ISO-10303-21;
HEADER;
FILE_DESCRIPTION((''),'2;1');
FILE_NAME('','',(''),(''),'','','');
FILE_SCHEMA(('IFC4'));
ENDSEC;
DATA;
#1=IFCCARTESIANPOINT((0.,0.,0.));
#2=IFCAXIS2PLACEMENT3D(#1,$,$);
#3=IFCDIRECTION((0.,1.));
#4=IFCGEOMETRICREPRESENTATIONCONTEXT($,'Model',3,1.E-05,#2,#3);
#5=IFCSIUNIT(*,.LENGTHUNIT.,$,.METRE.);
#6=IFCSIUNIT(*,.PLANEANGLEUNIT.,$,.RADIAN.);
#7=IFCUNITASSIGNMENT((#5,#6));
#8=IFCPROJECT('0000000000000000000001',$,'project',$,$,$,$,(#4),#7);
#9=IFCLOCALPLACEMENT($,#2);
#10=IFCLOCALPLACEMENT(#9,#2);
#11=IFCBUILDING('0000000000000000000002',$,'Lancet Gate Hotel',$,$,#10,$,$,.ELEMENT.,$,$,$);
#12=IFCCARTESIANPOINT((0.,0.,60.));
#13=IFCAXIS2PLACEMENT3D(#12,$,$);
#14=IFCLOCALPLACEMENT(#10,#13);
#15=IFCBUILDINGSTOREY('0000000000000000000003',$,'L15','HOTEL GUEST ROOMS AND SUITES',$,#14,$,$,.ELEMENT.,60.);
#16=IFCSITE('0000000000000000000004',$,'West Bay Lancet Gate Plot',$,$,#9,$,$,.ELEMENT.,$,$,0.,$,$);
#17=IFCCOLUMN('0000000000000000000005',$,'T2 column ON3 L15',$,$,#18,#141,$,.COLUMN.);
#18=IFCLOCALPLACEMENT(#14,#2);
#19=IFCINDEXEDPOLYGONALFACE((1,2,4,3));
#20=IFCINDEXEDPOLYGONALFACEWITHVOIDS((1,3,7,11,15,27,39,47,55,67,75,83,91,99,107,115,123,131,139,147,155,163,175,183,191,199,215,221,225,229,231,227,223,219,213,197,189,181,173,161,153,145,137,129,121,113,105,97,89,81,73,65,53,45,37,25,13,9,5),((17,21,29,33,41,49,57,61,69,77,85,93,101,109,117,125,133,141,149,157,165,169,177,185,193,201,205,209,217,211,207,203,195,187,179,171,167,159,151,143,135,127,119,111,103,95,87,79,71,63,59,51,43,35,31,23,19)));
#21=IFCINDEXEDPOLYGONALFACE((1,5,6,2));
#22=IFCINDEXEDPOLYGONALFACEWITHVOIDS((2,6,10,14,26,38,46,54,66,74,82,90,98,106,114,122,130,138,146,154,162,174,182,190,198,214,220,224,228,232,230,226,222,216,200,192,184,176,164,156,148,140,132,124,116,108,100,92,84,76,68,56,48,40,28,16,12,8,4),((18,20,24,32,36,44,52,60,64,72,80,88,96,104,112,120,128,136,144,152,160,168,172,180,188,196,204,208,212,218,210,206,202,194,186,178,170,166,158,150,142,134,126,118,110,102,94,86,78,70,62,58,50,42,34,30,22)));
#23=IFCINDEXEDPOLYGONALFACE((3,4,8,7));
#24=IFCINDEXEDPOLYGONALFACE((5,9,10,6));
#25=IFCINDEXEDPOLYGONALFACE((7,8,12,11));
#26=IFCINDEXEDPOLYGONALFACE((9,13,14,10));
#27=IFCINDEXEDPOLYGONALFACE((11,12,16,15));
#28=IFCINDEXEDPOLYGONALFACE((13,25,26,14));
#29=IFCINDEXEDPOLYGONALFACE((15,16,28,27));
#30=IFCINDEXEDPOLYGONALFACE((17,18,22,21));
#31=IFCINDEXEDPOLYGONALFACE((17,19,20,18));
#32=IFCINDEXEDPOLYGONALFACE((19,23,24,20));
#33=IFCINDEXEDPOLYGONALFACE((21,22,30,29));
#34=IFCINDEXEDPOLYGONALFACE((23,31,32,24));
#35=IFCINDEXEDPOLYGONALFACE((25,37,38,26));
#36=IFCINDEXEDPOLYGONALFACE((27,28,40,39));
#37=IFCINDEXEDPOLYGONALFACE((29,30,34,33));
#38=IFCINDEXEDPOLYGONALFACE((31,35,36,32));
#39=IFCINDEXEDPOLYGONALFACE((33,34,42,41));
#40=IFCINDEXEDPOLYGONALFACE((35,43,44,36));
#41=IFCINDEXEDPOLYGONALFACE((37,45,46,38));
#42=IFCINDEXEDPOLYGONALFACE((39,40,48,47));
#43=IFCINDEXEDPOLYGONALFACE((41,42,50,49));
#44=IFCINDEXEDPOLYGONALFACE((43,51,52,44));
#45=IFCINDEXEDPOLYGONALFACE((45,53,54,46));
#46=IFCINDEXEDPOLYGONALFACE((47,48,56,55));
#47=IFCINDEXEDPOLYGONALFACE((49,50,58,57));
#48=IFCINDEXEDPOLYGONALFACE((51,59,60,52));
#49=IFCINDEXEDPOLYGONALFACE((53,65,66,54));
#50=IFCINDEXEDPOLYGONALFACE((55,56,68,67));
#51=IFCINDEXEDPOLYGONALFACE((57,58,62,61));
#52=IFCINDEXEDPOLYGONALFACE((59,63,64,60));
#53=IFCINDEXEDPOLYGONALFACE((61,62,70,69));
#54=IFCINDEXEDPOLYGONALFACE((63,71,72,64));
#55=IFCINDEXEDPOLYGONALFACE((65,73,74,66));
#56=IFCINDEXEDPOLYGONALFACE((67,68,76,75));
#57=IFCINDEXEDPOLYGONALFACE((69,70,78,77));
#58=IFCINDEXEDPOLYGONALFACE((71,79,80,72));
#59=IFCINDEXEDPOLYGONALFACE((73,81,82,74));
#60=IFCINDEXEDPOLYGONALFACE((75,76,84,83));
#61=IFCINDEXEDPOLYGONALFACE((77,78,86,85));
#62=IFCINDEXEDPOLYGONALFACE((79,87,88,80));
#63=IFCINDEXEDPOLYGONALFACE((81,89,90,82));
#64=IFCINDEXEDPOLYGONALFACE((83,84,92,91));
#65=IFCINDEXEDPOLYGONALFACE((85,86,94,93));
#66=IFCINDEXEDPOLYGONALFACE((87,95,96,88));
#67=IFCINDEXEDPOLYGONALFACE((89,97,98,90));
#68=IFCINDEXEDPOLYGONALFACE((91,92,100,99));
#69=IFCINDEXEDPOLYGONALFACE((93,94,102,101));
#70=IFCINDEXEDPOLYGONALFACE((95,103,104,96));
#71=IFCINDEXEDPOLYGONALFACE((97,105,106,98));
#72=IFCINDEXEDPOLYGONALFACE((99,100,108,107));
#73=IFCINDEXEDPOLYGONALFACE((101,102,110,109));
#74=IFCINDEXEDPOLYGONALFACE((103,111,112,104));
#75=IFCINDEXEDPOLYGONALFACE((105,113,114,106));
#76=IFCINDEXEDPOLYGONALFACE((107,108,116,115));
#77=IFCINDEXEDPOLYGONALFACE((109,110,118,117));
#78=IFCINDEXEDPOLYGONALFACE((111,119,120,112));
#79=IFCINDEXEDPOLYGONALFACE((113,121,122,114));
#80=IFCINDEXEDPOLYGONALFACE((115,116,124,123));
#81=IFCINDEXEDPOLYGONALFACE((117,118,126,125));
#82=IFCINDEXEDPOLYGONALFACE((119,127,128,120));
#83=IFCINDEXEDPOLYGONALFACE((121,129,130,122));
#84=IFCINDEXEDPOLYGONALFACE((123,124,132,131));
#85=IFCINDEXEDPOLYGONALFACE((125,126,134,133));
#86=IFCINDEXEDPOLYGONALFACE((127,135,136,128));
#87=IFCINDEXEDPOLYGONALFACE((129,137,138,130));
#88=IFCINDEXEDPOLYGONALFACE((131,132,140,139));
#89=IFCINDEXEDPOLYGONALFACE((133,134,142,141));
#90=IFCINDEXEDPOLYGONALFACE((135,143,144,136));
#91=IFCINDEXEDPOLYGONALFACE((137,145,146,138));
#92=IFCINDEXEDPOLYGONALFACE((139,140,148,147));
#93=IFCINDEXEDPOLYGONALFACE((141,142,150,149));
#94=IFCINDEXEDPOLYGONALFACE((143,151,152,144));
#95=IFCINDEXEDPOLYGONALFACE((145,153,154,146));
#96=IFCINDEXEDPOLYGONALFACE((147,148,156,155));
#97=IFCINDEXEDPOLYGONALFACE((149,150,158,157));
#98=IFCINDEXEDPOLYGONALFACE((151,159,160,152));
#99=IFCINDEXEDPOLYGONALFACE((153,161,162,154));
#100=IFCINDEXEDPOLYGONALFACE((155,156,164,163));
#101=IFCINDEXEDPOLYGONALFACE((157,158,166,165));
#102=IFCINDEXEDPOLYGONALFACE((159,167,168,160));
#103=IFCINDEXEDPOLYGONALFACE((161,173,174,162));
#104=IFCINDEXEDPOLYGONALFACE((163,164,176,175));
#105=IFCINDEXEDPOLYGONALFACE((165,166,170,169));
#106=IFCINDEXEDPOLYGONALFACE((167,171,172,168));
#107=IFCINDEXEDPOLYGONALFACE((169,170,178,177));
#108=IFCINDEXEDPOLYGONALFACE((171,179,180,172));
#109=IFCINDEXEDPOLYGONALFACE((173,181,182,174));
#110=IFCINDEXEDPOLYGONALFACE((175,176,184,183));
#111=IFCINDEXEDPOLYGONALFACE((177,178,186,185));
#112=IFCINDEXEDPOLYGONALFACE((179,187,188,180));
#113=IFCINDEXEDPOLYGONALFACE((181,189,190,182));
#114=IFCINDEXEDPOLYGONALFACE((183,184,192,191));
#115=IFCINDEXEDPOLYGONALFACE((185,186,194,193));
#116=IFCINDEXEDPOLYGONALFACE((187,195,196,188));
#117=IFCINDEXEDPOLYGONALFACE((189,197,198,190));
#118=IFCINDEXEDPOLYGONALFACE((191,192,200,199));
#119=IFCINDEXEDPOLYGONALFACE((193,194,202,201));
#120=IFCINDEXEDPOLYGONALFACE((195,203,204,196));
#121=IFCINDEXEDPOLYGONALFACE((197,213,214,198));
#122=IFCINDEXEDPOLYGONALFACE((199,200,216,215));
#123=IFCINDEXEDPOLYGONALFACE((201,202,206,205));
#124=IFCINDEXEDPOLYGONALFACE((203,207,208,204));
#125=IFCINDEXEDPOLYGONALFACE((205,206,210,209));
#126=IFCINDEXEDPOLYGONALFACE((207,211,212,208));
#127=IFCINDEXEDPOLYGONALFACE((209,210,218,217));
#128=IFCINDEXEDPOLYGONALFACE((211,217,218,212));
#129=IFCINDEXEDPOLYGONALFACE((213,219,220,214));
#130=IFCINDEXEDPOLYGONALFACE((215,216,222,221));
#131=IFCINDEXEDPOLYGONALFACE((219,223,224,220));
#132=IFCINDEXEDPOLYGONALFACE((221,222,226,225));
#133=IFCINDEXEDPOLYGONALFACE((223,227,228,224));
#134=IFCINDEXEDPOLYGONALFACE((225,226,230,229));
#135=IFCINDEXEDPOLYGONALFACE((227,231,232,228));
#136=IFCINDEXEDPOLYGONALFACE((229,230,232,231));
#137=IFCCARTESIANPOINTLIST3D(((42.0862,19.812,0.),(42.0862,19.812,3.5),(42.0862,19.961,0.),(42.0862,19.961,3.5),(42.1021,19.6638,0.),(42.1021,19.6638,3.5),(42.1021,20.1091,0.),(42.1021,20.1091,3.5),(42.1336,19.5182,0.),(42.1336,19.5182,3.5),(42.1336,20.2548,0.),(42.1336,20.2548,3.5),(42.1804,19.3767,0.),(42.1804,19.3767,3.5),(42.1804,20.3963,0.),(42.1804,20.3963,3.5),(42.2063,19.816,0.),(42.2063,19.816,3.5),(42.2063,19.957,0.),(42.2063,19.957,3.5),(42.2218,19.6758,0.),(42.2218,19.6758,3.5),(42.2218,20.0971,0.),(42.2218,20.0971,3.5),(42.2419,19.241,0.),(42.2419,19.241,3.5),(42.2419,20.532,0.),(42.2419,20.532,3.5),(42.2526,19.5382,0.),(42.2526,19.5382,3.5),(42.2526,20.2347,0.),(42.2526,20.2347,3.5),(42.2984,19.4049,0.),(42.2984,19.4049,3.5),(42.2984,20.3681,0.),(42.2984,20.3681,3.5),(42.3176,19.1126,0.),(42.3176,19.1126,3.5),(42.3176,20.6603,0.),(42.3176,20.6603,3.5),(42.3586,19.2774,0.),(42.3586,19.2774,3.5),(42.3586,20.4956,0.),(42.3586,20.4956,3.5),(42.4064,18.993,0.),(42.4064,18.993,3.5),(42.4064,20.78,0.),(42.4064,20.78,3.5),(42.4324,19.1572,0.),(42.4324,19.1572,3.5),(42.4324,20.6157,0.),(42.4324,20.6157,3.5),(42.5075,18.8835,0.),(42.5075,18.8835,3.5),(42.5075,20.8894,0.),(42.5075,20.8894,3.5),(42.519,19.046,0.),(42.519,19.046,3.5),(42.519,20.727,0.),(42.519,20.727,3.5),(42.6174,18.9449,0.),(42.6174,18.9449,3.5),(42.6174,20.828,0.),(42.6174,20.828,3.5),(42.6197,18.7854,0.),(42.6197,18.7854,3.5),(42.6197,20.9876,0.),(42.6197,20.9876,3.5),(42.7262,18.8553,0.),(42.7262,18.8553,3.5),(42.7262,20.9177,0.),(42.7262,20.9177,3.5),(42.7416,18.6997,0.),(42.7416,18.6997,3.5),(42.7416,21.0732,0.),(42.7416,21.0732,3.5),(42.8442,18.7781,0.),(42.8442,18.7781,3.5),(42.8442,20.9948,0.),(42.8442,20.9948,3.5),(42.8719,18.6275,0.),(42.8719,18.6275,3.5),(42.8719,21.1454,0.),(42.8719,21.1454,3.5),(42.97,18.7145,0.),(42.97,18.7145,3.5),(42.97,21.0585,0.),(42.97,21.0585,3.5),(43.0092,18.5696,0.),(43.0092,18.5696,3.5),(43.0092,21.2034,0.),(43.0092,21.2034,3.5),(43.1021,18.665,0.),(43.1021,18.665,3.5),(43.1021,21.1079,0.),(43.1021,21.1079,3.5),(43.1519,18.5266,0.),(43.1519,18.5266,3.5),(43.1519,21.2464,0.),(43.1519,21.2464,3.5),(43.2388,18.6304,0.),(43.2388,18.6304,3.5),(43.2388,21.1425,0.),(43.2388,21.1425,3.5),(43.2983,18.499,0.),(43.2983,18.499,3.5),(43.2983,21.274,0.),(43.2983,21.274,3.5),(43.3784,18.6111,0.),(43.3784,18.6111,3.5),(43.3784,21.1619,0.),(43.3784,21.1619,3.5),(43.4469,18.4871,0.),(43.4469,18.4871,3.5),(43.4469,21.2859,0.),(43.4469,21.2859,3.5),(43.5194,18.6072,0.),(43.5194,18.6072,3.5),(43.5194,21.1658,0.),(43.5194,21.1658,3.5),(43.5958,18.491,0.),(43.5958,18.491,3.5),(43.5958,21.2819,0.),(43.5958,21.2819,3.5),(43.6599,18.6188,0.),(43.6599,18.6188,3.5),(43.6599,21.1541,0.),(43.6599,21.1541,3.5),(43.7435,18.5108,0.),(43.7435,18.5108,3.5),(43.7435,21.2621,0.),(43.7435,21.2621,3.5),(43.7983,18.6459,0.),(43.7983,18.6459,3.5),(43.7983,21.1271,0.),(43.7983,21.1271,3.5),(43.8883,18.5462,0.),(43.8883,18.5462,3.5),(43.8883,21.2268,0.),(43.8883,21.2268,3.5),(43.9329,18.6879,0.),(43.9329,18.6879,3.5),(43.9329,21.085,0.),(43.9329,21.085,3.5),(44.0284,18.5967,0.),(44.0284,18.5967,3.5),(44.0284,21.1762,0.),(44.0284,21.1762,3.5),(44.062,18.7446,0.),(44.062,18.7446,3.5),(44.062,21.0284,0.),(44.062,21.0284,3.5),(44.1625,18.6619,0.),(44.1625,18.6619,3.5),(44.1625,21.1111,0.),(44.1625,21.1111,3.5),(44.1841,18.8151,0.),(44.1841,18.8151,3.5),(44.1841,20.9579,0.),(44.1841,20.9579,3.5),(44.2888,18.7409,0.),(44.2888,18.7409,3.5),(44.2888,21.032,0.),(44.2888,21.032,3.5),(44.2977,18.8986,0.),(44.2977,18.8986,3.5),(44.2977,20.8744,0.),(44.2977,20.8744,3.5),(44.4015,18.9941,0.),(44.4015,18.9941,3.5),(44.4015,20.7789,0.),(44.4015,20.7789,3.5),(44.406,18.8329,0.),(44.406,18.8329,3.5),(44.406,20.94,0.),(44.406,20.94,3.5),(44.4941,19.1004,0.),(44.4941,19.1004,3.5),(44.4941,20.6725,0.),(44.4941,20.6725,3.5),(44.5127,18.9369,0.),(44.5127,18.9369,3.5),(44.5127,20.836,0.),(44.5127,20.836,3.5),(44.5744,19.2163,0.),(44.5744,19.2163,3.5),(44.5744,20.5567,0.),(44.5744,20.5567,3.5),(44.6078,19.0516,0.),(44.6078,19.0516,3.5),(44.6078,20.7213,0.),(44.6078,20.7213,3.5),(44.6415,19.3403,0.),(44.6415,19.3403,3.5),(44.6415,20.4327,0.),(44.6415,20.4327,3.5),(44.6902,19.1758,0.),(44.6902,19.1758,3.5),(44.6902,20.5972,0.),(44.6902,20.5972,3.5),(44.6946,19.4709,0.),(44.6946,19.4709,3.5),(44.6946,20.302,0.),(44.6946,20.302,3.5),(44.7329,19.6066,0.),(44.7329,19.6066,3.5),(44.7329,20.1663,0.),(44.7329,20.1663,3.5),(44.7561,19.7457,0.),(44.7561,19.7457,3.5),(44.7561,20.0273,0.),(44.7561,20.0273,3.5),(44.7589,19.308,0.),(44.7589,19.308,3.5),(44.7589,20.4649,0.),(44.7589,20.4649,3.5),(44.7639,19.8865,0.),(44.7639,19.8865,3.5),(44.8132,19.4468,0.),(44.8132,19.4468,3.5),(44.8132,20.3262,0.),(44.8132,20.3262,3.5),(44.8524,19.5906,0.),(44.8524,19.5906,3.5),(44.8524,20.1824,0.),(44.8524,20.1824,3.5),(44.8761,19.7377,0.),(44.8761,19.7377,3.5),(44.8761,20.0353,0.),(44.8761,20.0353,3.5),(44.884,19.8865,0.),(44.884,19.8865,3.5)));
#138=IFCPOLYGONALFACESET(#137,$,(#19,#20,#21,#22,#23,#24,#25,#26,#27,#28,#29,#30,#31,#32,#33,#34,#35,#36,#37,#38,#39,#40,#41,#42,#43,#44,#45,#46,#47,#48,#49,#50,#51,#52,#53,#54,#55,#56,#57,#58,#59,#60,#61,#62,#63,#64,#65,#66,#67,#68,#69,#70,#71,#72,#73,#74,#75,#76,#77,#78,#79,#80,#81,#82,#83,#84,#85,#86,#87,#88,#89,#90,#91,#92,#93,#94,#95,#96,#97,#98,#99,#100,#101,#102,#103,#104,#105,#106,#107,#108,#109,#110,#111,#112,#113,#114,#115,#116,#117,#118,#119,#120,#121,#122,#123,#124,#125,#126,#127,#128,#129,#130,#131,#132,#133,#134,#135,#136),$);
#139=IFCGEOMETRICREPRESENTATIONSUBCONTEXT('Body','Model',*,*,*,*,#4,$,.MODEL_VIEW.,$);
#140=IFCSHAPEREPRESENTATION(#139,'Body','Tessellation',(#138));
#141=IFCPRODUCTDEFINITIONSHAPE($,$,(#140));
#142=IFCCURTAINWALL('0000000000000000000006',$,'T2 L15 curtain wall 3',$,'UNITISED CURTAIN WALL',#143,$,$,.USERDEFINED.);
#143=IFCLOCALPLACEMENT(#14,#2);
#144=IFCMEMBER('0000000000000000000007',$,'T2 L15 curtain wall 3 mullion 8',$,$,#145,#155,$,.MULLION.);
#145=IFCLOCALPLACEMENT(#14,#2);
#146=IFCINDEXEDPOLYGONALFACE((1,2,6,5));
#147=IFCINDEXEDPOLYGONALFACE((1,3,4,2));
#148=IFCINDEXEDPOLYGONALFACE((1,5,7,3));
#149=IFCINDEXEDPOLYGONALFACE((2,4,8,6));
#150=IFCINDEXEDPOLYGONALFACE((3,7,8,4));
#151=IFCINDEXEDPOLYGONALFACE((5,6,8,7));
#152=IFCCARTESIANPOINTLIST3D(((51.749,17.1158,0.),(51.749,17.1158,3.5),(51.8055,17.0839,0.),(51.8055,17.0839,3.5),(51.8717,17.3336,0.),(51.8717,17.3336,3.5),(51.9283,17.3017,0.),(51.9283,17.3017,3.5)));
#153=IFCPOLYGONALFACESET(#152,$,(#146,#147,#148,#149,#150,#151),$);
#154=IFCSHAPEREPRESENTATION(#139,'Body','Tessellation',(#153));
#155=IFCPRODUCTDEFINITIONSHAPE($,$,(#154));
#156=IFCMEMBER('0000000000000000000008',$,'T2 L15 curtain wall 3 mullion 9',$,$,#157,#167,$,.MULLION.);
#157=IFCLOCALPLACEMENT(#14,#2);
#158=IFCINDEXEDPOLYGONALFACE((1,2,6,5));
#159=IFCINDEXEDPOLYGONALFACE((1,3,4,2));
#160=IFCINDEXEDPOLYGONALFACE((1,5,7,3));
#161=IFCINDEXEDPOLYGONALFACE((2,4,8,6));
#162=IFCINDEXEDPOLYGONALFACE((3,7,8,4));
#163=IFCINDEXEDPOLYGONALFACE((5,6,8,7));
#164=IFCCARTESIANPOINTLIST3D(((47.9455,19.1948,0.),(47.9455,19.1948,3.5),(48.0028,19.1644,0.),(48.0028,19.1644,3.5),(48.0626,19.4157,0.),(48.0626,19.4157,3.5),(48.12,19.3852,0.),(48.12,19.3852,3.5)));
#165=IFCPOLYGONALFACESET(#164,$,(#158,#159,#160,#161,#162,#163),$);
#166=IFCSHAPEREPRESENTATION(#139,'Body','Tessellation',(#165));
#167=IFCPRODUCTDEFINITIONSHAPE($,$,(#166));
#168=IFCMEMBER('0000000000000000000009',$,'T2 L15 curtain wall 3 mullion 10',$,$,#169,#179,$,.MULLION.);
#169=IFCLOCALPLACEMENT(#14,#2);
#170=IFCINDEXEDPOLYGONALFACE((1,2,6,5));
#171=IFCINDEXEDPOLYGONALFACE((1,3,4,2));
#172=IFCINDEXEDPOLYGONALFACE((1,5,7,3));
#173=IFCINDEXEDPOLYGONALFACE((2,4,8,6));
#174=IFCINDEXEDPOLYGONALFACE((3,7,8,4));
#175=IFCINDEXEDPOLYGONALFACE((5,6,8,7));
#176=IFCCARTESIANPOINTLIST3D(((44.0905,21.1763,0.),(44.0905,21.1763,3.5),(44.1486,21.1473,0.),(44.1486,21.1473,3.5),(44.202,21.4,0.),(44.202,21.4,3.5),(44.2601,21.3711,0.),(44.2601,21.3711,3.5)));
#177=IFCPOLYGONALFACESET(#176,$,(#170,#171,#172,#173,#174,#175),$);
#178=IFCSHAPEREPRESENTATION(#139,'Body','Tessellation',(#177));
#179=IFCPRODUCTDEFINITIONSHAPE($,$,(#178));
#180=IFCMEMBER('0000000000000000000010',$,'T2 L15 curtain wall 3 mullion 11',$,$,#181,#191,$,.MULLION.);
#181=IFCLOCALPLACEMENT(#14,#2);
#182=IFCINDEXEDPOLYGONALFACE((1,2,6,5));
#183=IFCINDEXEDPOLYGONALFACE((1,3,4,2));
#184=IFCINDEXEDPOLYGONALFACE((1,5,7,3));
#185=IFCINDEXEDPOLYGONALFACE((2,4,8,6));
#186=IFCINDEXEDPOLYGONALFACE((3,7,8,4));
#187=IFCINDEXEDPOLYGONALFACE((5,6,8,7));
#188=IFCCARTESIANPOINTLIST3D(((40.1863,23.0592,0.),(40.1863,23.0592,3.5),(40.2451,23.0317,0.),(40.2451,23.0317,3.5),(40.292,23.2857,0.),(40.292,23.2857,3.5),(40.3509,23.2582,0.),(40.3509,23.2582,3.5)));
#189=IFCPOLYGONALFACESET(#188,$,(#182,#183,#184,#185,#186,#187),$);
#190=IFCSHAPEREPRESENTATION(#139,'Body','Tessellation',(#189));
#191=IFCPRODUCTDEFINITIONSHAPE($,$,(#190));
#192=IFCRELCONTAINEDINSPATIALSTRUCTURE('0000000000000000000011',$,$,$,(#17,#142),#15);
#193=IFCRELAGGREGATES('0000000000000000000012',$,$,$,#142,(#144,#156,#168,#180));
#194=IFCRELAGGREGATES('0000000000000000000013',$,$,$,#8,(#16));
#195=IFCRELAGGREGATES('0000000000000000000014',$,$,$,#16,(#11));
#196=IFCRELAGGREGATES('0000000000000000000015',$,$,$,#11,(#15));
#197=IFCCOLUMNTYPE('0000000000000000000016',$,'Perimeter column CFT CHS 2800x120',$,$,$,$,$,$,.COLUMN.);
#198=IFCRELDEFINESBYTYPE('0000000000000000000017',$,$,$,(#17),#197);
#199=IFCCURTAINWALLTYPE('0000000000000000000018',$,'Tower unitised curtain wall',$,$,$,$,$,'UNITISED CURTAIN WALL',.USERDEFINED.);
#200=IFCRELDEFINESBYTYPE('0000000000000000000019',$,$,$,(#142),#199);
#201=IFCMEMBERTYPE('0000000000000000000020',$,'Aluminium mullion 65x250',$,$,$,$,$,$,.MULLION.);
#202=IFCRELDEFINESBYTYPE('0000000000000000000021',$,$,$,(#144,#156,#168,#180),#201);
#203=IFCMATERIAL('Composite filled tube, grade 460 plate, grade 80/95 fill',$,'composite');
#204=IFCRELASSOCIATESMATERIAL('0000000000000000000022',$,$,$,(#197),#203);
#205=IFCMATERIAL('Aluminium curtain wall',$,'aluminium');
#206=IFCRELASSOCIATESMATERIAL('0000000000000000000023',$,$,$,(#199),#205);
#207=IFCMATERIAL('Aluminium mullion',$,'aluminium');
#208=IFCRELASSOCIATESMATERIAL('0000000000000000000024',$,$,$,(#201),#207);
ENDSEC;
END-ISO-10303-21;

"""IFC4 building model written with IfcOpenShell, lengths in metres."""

from ifc_helpers import new_model, si_unit, direction, frame, origin, origin_2d, place, context, subcontext, project, spatial, rectangle, hollow_circle, extrude, material, material_profile, profile_set, type_object, element, aggregate, save


model = new_model("IFC4")

# Units and contexts
model_context = context("Model", 3, precision=1e-05, world=origin(), true_north=direction((0.0, 1.0)))
body_context = subcontext(model_context, "Body", "Model", "MODEL_VIEW")
ifc_project = project(units=[si_unit("LENGTHUNIT", "METRE"), si_unit("PLANEANGLEUNIT", "RADIAN")], contexts=[model_context])

# Site, building, storey
site_placement = place(None, origin())
site = spatial("IfcSite", under=ifc_project, at=site_placement, Name="West Bay Lancet Gate Plot", CompositionType="ELEMENT", RefElevation=0.0)
building_placement = place(site_placement, origin())
building = spatial("IfcBuilding", under=site, at=building_placement, Name="Lancet Gate Hotel", CompositionType="ELEMENT")
storey_placement = place(building_placement, frame((0.0, 0.0, 60.0)))
storey = spatial("IfcBuildingStorey", under=building, at=storey_placement, Name="L15", Description="HOTEL GUEST ROOMS AND SUITES", CompositionType="ELEMENT", Elevation=60.0)

# Column
ifc_material_1 = material(Name="Composite filled tube, grade 460 plate, grade 80/95 fill", Category="composite")
ifc_material_profile_1 = material_profile(ifc_material_1, hollow_circle(Radius=1.3999, WallThickness=0.1201, at=origin_2d()), Name="CHS 2800x120")
ifc_profile_set_1 = profile_set([ifc_material_profile_1], Name="Composite filled tube, grade 460 plate, grade 80/95 fill")
column_type = type_object("IfcColumnType", Name="Perimeter column CFT CHS 2800x120", PredefinedType="COLUMN", material=ifc_profile_set_1)
for number, where, z_axis, x_axis, name in (
    (1, (43.4841, 19.8865, 0.0), (0.0, 0.0, 1.0), (1.0, 0.0, 0.0), "T2 column ON3 L15"),
):
    element("IfcColumn", number, at=place(storey_placement, frame(where, z_axis=z_axis, x_axis=x_axis)), inside=storey, type_object=column_type, Name=name, PredefinedType="COLUMN", context=body_context, shape_type="SweptSolid", body=[
        extrude(hollow_circle(Radius=1.3999, WallThickness=0.1201, at=origin_2d()), origin(), (0.0, 0.0, 1.0), 3.5),
    ])

# Curtain wall, members
ifc_material_2 = material(Name="Aluminium curtain wall", Category="aluminium")
curtain_wall_type = type_object("IfcCurtainWallType", Name="Tower unitised curtain wall", ElementType="UNITISED CURTAIN WALL", PredefinedType="USERDEFINED", material=ifc_material_2)
curtain_wall_placement = place(storey_placement, origin())
curtain_wall = element("IfcCurtainWall", 2, at=curtain_wall_placement, inside=storey, type_object=curtain_wall_type, Name="T2 L15 curtain wall 3", ObjectType="UNITISED CURTAIN WALL", PredefinedType="USERDEFINED")
ifc_material_3 = material(Name="Aluminium mullion", Category="aluminium")
ifc_material_profile_2 = material_profile(ifc_material_3, rectangle(XDim=0.0649, YDim=0.25, at=origin_2d()), Name="MULLION 65x250")
ifc_profile_set_2 = profile_set([ifc_material_profile_2], Name="Aluminium mullion")
member_type_1 = type_object("IfcMemberType", Name="Aluminium mullion 65x250", PredefinedType="MULLION", material=ifc_profile_set_2)
member_1_placement = place(storey_placement, frame((51.8386, 17.2087, 0.0), z_axis=(0.0, 0.0, 1.0), x_axis=(-0.87119, 0.490945, 0.0)))
member_1 = element("IfcMember", 3, at=member_1_placement, type_object=member_type_1, Name="T2 L15 curtain wall 3 mullion 8", PredefinedType="MULLION", context=body_context, shape_type="SweptSolid", body=[
    extrude(rectangle(XDim=0.0649, YDim=0.25, at=origin_2d()), origin(), (0.0, 0.0, 1.0), 3.5),
])
member_2_placement = place(storey_placement, frame((48.0327, 19.29, 0.0), z_axis=(0.0, 0.0, 1.0), x_axis=(-0.883403, 0.468613, 0.0)))
member_2 = element("IfcMember", 4, at=member_2_placement, type_object=member_type_1, Name="T2 L15 curtain wall 3 mullion 9", PredefinedType="MULLION", context=body_context, shape_type="SweptSolid", body=[
    extrude(rectangle(XDim=0.0649, YDim=0.25, at=origin_2d()), origin(), (0.0, 0.0, 1.0), 3.5),
])
member_3_placement = place(storey_placement, frame((44.1753, 21.2737, 0.0), z_axis=(0.0, 0.0, 1.0), x_axis=(-0.895044, 0.445978, 0.0)))
member_3 = element("IfcMember", 5, at=member_3_placement, type_object=member_type_1, Name="T2 L15 curtain wall 3 mullion 10", PredefinedType="MULLION", context=body_context, shape_type="SweptSolid", body=[
    extrude(rectangle(XDim=0.0649, YDim=0.25, at=origin_2d()), origin(), (0.0, 0.0, 1.0), 3.5),
])
member_4_placement = place(storey_placement, frame((40.2686, 23.1587, 0.0), z_axis=(0.0, 0.0, 1.0), x_axis=(-0.906105, 0.423053, 0.0)))
member_4 = element("IfcMember", 6, at=member_4_placement, type_object=member_type_1, Name="T2 L15 curtain wall 3 mullion 11", PredefinedType="MULLION", context=body_context, shape_type="SweptSolid", body=[
    extrude(rectangle(XDim=0.0649, YDim=0.25, at=origin_2d()), origin(), (0.0, 0.0, 1.0), 3.5),
])

aggregate(curtain_wall, [member_1, member_2, member_3, member_4])

save(model, "model.ifc")
